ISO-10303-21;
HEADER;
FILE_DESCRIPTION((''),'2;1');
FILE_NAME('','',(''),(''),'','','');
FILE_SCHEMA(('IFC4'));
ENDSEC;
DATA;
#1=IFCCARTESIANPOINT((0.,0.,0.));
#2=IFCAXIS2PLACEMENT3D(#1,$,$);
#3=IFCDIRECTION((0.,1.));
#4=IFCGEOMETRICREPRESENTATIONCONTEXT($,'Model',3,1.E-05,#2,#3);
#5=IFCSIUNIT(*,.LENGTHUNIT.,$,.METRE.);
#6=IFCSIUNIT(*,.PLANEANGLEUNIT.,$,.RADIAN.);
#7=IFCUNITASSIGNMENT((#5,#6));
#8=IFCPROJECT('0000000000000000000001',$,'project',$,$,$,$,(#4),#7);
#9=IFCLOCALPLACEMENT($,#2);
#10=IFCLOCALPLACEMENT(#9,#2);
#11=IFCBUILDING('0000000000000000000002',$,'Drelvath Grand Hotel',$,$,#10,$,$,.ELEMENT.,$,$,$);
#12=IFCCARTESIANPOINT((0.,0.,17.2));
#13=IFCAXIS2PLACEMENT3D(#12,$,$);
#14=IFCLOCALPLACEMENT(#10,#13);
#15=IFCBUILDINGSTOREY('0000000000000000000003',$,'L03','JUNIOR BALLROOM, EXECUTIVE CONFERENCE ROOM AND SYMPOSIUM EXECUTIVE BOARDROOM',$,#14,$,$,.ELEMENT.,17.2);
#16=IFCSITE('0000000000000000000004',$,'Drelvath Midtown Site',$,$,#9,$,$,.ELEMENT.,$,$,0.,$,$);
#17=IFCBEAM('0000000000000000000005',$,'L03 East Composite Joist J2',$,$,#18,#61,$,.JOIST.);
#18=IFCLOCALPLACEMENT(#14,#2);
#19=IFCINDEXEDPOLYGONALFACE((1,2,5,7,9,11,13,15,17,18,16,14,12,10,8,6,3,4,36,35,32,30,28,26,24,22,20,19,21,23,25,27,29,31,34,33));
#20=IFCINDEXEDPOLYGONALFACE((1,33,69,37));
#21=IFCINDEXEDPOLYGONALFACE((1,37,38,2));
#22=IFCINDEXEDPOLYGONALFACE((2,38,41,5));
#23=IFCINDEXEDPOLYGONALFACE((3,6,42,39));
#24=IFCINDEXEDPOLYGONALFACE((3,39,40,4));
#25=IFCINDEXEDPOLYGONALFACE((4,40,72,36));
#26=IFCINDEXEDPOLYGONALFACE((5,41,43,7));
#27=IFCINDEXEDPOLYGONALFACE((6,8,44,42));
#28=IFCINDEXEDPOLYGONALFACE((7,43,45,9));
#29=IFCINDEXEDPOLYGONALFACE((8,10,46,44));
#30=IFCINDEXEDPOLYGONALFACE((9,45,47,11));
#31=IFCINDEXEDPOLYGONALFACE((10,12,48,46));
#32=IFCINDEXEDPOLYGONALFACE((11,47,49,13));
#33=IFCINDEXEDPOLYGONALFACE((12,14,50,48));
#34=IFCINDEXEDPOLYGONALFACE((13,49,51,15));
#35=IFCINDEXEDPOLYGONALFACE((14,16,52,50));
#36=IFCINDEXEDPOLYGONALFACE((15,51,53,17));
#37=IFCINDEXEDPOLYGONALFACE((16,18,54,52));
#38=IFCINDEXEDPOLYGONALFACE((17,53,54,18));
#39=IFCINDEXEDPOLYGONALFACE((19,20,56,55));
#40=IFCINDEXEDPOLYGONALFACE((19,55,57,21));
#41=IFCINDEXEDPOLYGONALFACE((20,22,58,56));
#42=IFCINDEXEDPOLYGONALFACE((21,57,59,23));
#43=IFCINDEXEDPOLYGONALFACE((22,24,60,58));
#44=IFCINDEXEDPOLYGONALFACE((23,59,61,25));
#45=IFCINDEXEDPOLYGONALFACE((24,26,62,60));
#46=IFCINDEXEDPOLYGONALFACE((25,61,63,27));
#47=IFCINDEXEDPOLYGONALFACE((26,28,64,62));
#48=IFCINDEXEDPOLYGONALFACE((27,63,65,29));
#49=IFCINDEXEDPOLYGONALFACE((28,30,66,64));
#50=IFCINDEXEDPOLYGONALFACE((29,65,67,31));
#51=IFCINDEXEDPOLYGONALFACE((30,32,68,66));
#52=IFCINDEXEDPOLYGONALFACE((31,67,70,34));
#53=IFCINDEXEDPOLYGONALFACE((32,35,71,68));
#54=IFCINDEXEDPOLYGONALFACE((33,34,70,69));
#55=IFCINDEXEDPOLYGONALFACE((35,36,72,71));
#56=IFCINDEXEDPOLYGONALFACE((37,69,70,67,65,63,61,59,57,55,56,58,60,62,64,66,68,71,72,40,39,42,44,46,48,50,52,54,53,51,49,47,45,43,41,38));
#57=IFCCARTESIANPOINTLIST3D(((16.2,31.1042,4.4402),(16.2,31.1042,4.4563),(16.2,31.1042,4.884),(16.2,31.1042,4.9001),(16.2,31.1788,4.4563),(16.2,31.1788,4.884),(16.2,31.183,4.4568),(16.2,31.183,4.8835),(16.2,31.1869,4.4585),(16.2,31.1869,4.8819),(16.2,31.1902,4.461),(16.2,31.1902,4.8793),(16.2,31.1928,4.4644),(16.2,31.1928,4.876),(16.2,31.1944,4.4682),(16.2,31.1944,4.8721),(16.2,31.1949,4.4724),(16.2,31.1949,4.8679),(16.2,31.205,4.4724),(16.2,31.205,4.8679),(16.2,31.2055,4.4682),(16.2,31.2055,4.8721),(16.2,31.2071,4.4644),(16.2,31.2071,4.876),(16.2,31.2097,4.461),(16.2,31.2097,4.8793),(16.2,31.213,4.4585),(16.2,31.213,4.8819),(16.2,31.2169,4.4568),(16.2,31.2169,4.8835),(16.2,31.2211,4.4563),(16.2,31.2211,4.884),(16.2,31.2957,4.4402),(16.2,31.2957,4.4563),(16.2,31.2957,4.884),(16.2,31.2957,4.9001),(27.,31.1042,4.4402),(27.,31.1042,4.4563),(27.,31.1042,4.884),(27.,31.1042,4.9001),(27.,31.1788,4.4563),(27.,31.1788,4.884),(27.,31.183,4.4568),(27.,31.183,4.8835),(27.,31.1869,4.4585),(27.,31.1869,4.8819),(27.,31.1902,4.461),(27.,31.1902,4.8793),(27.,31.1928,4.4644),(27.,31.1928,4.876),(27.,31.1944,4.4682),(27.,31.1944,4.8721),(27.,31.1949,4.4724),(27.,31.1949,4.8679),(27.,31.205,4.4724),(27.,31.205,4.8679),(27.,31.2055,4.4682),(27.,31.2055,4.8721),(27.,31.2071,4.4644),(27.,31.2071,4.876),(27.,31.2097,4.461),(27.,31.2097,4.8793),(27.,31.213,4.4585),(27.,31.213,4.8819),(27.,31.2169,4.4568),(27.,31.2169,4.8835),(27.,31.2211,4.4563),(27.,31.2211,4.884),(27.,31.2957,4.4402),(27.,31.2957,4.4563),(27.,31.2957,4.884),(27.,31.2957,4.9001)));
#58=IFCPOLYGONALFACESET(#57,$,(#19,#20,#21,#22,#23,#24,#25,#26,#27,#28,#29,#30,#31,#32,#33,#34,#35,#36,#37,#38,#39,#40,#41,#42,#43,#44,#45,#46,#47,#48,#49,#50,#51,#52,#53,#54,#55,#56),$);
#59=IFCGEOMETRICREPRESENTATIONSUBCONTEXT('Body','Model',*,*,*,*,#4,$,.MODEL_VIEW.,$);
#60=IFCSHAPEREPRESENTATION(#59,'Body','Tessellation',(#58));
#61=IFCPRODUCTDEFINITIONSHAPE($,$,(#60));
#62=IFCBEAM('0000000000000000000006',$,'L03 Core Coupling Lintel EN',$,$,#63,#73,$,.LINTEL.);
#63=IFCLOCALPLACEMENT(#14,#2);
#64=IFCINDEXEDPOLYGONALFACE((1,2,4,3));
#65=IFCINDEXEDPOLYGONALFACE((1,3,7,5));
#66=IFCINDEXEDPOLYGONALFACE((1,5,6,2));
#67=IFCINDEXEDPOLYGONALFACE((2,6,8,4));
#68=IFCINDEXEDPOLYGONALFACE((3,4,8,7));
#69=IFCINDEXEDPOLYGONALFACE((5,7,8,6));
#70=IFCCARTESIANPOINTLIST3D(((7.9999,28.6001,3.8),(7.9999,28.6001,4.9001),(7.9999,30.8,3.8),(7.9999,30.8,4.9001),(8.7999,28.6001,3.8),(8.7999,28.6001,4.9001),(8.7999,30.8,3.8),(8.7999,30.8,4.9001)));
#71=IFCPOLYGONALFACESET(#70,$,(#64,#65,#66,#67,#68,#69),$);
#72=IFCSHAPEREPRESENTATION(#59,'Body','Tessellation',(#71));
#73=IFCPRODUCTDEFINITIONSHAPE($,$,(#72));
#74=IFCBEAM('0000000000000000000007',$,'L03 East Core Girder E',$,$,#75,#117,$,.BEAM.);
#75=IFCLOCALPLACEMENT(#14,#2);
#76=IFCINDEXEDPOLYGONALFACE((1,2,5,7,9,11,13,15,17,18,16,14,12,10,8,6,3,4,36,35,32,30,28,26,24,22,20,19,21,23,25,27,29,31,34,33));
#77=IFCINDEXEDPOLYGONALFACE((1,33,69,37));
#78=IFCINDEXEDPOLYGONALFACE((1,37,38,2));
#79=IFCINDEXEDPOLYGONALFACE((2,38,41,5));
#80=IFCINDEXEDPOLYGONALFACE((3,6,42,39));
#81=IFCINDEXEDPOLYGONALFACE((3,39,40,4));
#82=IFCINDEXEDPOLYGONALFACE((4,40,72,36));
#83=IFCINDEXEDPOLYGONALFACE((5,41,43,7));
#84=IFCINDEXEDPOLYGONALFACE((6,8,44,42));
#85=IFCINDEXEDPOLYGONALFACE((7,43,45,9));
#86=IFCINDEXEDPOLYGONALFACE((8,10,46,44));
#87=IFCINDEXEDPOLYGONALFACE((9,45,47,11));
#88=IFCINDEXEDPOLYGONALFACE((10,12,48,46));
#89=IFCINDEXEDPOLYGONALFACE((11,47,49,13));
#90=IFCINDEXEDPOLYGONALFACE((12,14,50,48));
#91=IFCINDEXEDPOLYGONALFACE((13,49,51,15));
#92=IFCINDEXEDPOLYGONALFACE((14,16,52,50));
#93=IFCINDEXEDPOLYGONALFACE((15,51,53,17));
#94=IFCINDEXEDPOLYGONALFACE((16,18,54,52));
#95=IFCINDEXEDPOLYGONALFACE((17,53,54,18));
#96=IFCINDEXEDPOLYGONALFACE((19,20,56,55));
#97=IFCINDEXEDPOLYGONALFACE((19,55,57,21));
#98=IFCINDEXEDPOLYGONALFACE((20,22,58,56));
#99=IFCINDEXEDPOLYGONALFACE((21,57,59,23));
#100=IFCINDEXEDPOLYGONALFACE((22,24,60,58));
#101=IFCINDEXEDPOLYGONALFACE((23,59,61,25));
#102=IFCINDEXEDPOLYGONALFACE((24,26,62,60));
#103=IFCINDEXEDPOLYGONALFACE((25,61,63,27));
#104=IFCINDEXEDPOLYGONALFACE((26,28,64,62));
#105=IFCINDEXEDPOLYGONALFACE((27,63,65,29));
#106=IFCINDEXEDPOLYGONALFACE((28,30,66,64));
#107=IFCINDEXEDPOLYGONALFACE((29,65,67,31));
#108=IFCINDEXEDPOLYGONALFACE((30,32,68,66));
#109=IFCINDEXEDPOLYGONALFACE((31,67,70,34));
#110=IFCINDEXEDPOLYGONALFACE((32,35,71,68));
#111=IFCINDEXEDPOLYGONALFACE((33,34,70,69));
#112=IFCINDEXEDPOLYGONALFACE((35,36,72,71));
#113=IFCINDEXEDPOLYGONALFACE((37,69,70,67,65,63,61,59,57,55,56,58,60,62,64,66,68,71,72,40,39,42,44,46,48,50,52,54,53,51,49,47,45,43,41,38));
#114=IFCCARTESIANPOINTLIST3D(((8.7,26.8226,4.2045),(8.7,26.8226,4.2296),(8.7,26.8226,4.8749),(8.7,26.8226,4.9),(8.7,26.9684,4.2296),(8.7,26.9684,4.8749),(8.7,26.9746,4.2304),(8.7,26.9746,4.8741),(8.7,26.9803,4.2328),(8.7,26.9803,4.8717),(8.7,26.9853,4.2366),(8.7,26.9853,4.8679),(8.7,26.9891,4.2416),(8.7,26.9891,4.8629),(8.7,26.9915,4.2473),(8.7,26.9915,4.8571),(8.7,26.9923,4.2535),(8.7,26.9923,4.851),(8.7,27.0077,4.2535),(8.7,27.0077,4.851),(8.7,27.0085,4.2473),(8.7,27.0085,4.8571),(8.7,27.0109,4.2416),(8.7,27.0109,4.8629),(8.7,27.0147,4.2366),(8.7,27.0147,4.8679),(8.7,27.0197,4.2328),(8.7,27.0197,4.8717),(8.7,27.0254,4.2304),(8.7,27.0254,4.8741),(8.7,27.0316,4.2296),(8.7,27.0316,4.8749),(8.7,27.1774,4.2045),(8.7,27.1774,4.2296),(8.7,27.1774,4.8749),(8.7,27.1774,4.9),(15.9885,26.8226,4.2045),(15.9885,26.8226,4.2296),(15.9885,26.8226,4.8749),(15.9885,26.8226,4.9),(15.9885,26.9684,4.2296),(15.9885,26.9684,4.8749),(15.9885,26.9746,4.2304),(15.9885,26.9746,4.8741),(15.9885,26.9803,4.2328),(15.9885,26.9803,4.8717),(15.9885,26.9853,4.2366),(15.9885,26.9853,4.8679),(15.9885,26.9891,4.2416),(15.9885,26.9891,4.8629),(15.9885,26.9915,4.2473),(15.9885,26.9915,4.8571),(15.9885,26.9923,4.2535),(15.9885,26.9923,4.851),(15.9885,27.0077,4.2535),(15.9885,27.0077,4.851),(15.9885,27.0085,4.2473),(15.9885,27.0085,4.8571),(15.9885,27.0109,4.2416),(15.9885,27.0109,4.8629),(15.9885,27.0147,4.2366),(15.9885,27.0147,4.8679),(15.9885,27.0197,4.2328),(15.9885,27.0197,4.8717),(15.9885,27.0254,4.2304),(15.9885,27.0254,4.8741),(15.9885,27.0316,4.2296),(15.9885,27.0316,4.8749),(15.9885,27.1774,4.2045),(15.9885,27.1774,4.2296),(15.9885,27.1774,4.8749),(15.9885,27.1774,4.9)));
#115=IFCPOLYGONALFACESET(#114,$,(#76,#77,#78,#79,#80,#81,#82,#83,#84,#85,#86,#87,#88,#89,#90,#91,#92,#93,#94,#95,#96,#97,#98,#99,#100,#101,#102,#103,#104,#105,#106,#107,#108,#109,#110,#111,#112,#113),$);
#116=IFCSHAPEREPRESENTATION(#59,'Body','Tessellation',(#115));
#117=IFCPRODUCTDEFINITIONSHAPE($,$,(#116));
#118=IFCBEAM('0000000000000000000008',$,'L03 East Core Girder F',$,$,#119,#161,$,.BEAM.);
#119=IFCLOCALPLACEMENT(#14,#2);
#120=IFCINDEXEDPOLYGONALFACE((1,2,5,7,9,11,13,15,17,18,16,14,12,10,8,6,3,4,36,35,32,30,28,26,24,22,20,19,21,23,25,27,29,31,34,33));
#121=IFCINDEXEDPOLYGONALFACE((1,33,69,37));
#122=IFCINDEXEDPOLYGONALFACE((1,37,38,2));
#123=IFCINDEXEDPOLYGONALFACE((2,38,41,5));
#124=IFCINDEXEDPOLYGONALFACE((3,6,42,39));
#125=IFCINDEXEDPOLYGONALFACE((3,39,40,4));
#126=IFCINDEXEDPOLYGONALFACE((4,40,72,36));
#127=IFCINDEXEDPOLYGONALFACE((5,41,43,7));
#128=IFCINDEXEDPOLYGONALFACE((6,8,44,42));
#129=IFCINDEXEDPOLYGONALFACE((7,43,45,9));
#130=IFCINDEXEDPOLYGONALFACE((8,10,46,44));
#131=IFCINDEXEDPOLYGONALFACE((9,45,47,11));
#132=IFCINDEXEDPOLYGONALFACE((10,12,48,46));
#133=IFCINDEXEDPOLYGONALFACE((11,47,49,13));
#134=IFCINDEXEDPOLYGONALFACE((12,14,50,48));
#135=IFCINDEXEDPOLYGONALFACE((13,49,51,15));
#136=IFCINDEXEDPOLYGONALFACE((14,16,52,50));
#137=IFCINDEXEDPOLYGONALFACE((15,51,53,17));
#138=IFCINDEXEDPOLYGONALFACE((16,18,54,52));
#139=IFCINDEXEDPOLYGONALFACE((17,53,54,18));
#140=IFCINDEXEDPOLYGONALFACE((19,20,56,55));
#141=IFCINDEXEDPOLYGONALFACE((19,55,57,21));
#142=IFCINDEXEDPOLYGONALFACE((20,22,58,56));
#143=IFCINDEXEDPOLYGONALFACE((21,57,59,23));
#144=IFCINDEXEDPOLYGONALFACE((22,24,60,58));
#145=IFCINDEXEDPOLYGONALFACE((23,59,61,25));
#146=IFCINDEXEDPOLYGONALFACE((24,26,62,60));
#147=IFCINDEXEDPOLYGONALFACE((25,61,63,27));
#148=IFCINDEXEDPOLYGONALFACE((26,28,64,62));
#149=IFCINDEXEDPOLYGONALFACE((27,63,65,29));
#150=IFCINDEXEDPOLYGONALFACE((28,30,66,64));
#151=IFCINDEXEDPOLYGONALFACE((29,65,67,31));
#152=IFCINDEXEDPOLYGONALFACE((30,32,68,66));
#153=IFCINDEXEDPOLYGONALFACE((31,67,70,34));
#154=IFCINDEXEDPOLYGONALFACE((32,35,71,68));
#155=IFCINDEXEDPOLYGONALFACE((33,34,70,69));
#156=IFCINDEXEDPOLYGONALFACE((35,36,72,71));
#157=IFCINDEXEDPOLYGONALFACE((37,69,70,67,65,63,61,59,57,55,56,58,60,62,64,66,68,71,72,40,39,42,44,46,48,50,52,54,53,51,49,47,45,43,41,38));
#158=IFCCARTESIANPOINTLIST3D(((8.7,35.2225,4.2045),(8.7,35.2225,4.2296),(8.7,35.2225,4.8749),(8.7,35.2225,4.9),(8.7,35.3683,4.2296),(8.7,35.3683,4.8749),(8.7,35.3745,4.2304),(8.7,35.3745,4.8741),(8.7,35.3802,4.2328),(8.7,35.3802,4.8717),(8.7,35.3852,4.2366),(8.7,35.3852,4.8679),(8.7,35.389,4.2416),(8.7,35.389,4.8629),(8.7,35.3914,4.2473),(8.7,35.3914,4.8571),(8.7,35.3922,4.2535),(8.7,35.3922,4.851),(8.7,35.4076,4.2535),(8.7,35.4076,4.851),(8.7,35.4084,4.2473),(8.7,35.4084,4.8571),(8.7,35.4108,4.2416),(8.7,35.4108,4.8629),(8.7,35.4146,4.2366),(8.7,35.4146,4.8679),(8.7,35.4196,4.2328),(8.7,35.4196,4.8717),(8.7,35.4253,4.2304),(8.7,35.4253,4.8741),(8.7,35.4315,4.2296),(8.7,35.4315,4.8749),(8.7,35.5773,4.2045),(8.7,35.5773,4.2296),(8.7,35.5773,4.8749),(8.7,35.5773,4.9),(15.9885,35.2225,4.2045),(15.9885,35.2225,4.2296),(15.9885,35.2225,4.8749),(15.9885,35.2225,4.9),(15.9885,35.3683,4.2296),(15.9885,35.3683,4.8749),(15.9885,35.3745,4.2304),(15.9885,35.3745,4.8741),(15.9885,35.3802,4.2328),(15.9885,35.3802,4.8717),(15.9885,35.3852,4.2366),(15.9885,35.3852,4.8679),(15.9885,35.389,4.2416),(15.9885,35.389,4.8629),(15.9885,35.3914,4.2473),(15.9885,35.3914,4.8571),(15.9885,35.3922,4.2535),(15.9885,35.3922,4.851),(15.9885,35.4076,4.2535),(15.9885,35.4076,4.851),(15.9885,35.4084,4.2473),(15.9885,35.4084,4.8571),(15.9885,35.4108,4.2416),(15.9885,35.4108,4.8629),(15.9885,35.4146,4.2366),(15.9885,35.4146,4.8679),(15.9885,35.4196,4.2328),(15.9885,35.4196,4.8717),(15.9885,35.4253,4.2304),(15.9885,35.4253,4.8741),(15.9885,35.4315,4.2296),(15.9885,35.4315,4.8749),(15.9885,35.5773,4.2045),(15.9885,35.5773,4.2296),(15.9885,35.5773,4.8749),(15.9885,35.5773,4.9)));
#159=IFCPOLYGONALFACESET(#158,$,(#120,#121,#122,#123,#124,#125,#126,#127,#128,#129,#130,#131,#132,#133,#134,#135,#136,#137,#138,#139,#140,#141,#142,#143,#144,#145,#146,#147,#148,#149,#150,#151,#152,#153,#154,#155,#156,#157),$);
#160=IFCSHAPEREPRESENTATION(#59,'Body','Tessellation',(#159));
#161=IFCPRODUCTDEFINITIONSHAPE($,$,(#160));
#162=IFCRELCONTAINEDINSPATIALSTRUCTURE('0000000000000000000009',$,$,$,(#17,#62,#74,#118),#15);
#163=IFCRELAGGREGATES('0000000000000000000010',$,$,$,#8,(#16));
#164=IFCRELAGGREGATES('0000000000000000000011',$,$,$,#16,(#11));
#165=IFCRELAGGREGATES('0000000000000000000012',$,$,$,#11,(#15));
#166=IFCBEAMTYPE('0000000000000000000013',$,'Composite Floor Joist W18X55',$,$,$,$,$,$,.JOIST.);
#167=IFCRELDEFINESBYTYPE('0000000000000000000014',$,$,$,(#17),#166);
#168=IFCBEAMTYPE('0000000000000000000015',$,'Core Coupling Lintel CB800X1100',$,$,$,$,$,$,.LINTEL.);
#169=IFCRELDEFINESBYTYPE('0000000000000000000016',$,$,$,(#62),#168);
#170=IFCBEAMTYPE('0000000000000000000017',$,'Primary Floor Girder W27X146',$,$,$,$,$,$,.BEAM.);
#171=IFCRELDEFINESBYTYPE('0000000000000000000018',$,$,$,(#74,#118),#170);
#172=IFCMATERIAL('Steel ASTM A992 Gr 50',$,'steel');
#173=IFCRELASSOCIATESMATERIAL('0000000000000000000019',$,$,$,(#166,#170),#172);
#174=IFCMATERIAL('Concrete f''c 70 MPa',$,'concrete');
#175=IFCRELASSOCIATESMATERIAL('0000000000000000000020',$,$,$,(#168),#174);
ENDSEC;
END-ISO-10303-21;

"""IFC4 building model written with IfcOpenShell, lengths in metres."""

from ifc_helpers import new_model, si_unit, direction, frame, origin, origin_2d, place, context, subcontext, project, spatial, rectangle, i_section, extrude, material, material_profile, profile_set, type_object, element, save


model = new_model("IFC4")

# Units and contexts
model_context = context("Model", 3, precision=1e-05, world=origin(), true_north=direction((0.0, 1.0)))
body_context = subcontext(model_context, "Body", "Model", "MODEL_VIEW")
ifc_project = project(units=[si_unit("LENGTHUNIT", "METRE"), si_unit("PLANEANGLEUNIT", "RADIAN")], contexts=[model_context])

# Site, building, storey
site_placement = place(None, origin())
site = spatial("IfcSite", under=ifc_project, at=site_placement, Name="Drelvath Midtown Site", CompositionType="ELEMENT", RefElevation=0.0)
building_placement = place(site_placement, origin())
building = spatial("IfcBuilding", under=site, at=building_placement, Name="Drelvath Grand Hotel", CompositionType="ELEMENT")
storey_placement = place(building_placement, frame((0.0, 0.0, 17.2)))
storey = spatial("IfcBuildingStorey", under=building, at=storey_placement, Name="L03", Description="JUNIOR BALLROOM, EXECUTIVE CONFERENCE ROOM AND SYMPOSIUM EXECUTIVE BOARDROOM", CompositionType="ELEMENT", Elevation=17.2)

# Beams
ifc_material_1 = material(Name="Steel ASTM A992 Gr 50", Category="steel")
ifc_material_profile_1 = material_profile(ifc_material_1, i_section(OverallWidth=0.1914, OverallDepth=0.46, WebThickness=0.01, FlangeThickness=0.0161, FilletRadius=0.0161, at=origin_2d()), Name="W18X55")
ifc_profile_set_1 = profile_set([ifc_material_profile_1], Name="Steel ASTM A992 Gr 50")
beam_type_1 = type_object("IfcBeamType", Name="Composite Floor Joist W18X55", PredefinedType="JOIST", material=ifc_profile_set_1)
beam_1_placement = place(storey_placement, frame((16.2, 31.2, 4.6702), z_axis=(1.0, 0.0, 0.0), x_axis=(0.0, 1.0, 0.0)))
element("IfcBeam", 1, at=beam_1_placement, inside=storey, type_object=beam_type_1, Name="L03 East Composite Joist J2", PredefinedType="JOIST", context=body_context, shape_type="SweptSolid", body=[
    extrude(i_section(OverallWidth=0.1914, OverallDepth=0.46, WebThickness=0.01, FlangeThickness=0.0161, FilletRadius=0.0161, at=origin_2d()), origin(), (0.0, 0.0, 1.0), 10.8),
])
ifc_material_2 = material(Name="Concrete f'c 70 MPa", Category="concrete")
ifc_material_profile_2 = material_profile(ifc_material_2, rectangle(XDim=0.8, YDim=1.1001, at=origin_2d()), Name="CB800X1100")
ifc_profile_set_2 = profile_set([ifc_material_profile_2], Name="Concrete f'c 70 MPa")
beam_type_2 = type_object("IfcBeamType", Name="Core Coupling Lintel CB800X1100", PredefinedType="LINTEL", material=ifc_profile_set_2)
beam_2_placement = place(storey_placement, frame((8.3999, 28.6001, 4.3501), z_axis=(0.0, 1.0, 0.0), x_axis=(-1.0, 0.0, 0.0)))
element("IfcBeam", 2, at=beam_2_placement, inside=storey, type_object=beam_type_2, Name="L03 Core Coupling Lintel EN", PredefinedType="LINTEL", context=body_context, shape_type="SweptSolid", body=[
    extrude(rectangle(XDim=0.8, YDim=1.1001, at=origin_2d()), origin(), (0.0, 0.0, 1.0), 2.2),
])
ifc_material_profile_3 = material_profile(ifc_material_1, i_section(OverallWidth=0.3547, OverallDepth=0.6956, WebThickness=0.0154, FlangeThickness=0.0251, FilletRadius=0.0239, at=origin_2d()), Name="W27X146")
ifc_profile_set_3 = profile_set([ifc_material_profile_3], Name="Steel ASTM A992 Gr 50")
beam_type_3 = type_object("IfcBeamType", Name="Primary Floor Girder W27X146", PredefinedType="BEAM", material=ifc_profile_set_3)
for number, where, z_axis, x_axis, name in (
    (3, (8.7, 27.0, 4.5522), (1.0, 0.0, 0.0), (0.0, 1.0, 0.0), "L03 East Core Girder E"),
    (4, (8.7, 35.3999, 4.5522), (1.0, 0.0, 0.0), (0.0, 1.0, 0.0), "L03 East Core Girder F"),
):
    element("IfcBeam", number, at=place(storey_placement, frame(where, z_axis=z_axis, x_axis=x_axis)), inside=storey, type_object=beam_type_3, Name=name, PredefinedType="BEAM", context=body_context, shape_type="SweptSolid", body=[
        extrude(i_section(OverallWidth=0.3547, OverallDepth=0.6956, WebThickness=0.0154, FlangeThickness=0.0251, FilletRadius=0.0239, at=origin_2d()), origin(), (0.0, 0.0, 1.0), 7.2886),
    ])

save(model, "model.ifc")
